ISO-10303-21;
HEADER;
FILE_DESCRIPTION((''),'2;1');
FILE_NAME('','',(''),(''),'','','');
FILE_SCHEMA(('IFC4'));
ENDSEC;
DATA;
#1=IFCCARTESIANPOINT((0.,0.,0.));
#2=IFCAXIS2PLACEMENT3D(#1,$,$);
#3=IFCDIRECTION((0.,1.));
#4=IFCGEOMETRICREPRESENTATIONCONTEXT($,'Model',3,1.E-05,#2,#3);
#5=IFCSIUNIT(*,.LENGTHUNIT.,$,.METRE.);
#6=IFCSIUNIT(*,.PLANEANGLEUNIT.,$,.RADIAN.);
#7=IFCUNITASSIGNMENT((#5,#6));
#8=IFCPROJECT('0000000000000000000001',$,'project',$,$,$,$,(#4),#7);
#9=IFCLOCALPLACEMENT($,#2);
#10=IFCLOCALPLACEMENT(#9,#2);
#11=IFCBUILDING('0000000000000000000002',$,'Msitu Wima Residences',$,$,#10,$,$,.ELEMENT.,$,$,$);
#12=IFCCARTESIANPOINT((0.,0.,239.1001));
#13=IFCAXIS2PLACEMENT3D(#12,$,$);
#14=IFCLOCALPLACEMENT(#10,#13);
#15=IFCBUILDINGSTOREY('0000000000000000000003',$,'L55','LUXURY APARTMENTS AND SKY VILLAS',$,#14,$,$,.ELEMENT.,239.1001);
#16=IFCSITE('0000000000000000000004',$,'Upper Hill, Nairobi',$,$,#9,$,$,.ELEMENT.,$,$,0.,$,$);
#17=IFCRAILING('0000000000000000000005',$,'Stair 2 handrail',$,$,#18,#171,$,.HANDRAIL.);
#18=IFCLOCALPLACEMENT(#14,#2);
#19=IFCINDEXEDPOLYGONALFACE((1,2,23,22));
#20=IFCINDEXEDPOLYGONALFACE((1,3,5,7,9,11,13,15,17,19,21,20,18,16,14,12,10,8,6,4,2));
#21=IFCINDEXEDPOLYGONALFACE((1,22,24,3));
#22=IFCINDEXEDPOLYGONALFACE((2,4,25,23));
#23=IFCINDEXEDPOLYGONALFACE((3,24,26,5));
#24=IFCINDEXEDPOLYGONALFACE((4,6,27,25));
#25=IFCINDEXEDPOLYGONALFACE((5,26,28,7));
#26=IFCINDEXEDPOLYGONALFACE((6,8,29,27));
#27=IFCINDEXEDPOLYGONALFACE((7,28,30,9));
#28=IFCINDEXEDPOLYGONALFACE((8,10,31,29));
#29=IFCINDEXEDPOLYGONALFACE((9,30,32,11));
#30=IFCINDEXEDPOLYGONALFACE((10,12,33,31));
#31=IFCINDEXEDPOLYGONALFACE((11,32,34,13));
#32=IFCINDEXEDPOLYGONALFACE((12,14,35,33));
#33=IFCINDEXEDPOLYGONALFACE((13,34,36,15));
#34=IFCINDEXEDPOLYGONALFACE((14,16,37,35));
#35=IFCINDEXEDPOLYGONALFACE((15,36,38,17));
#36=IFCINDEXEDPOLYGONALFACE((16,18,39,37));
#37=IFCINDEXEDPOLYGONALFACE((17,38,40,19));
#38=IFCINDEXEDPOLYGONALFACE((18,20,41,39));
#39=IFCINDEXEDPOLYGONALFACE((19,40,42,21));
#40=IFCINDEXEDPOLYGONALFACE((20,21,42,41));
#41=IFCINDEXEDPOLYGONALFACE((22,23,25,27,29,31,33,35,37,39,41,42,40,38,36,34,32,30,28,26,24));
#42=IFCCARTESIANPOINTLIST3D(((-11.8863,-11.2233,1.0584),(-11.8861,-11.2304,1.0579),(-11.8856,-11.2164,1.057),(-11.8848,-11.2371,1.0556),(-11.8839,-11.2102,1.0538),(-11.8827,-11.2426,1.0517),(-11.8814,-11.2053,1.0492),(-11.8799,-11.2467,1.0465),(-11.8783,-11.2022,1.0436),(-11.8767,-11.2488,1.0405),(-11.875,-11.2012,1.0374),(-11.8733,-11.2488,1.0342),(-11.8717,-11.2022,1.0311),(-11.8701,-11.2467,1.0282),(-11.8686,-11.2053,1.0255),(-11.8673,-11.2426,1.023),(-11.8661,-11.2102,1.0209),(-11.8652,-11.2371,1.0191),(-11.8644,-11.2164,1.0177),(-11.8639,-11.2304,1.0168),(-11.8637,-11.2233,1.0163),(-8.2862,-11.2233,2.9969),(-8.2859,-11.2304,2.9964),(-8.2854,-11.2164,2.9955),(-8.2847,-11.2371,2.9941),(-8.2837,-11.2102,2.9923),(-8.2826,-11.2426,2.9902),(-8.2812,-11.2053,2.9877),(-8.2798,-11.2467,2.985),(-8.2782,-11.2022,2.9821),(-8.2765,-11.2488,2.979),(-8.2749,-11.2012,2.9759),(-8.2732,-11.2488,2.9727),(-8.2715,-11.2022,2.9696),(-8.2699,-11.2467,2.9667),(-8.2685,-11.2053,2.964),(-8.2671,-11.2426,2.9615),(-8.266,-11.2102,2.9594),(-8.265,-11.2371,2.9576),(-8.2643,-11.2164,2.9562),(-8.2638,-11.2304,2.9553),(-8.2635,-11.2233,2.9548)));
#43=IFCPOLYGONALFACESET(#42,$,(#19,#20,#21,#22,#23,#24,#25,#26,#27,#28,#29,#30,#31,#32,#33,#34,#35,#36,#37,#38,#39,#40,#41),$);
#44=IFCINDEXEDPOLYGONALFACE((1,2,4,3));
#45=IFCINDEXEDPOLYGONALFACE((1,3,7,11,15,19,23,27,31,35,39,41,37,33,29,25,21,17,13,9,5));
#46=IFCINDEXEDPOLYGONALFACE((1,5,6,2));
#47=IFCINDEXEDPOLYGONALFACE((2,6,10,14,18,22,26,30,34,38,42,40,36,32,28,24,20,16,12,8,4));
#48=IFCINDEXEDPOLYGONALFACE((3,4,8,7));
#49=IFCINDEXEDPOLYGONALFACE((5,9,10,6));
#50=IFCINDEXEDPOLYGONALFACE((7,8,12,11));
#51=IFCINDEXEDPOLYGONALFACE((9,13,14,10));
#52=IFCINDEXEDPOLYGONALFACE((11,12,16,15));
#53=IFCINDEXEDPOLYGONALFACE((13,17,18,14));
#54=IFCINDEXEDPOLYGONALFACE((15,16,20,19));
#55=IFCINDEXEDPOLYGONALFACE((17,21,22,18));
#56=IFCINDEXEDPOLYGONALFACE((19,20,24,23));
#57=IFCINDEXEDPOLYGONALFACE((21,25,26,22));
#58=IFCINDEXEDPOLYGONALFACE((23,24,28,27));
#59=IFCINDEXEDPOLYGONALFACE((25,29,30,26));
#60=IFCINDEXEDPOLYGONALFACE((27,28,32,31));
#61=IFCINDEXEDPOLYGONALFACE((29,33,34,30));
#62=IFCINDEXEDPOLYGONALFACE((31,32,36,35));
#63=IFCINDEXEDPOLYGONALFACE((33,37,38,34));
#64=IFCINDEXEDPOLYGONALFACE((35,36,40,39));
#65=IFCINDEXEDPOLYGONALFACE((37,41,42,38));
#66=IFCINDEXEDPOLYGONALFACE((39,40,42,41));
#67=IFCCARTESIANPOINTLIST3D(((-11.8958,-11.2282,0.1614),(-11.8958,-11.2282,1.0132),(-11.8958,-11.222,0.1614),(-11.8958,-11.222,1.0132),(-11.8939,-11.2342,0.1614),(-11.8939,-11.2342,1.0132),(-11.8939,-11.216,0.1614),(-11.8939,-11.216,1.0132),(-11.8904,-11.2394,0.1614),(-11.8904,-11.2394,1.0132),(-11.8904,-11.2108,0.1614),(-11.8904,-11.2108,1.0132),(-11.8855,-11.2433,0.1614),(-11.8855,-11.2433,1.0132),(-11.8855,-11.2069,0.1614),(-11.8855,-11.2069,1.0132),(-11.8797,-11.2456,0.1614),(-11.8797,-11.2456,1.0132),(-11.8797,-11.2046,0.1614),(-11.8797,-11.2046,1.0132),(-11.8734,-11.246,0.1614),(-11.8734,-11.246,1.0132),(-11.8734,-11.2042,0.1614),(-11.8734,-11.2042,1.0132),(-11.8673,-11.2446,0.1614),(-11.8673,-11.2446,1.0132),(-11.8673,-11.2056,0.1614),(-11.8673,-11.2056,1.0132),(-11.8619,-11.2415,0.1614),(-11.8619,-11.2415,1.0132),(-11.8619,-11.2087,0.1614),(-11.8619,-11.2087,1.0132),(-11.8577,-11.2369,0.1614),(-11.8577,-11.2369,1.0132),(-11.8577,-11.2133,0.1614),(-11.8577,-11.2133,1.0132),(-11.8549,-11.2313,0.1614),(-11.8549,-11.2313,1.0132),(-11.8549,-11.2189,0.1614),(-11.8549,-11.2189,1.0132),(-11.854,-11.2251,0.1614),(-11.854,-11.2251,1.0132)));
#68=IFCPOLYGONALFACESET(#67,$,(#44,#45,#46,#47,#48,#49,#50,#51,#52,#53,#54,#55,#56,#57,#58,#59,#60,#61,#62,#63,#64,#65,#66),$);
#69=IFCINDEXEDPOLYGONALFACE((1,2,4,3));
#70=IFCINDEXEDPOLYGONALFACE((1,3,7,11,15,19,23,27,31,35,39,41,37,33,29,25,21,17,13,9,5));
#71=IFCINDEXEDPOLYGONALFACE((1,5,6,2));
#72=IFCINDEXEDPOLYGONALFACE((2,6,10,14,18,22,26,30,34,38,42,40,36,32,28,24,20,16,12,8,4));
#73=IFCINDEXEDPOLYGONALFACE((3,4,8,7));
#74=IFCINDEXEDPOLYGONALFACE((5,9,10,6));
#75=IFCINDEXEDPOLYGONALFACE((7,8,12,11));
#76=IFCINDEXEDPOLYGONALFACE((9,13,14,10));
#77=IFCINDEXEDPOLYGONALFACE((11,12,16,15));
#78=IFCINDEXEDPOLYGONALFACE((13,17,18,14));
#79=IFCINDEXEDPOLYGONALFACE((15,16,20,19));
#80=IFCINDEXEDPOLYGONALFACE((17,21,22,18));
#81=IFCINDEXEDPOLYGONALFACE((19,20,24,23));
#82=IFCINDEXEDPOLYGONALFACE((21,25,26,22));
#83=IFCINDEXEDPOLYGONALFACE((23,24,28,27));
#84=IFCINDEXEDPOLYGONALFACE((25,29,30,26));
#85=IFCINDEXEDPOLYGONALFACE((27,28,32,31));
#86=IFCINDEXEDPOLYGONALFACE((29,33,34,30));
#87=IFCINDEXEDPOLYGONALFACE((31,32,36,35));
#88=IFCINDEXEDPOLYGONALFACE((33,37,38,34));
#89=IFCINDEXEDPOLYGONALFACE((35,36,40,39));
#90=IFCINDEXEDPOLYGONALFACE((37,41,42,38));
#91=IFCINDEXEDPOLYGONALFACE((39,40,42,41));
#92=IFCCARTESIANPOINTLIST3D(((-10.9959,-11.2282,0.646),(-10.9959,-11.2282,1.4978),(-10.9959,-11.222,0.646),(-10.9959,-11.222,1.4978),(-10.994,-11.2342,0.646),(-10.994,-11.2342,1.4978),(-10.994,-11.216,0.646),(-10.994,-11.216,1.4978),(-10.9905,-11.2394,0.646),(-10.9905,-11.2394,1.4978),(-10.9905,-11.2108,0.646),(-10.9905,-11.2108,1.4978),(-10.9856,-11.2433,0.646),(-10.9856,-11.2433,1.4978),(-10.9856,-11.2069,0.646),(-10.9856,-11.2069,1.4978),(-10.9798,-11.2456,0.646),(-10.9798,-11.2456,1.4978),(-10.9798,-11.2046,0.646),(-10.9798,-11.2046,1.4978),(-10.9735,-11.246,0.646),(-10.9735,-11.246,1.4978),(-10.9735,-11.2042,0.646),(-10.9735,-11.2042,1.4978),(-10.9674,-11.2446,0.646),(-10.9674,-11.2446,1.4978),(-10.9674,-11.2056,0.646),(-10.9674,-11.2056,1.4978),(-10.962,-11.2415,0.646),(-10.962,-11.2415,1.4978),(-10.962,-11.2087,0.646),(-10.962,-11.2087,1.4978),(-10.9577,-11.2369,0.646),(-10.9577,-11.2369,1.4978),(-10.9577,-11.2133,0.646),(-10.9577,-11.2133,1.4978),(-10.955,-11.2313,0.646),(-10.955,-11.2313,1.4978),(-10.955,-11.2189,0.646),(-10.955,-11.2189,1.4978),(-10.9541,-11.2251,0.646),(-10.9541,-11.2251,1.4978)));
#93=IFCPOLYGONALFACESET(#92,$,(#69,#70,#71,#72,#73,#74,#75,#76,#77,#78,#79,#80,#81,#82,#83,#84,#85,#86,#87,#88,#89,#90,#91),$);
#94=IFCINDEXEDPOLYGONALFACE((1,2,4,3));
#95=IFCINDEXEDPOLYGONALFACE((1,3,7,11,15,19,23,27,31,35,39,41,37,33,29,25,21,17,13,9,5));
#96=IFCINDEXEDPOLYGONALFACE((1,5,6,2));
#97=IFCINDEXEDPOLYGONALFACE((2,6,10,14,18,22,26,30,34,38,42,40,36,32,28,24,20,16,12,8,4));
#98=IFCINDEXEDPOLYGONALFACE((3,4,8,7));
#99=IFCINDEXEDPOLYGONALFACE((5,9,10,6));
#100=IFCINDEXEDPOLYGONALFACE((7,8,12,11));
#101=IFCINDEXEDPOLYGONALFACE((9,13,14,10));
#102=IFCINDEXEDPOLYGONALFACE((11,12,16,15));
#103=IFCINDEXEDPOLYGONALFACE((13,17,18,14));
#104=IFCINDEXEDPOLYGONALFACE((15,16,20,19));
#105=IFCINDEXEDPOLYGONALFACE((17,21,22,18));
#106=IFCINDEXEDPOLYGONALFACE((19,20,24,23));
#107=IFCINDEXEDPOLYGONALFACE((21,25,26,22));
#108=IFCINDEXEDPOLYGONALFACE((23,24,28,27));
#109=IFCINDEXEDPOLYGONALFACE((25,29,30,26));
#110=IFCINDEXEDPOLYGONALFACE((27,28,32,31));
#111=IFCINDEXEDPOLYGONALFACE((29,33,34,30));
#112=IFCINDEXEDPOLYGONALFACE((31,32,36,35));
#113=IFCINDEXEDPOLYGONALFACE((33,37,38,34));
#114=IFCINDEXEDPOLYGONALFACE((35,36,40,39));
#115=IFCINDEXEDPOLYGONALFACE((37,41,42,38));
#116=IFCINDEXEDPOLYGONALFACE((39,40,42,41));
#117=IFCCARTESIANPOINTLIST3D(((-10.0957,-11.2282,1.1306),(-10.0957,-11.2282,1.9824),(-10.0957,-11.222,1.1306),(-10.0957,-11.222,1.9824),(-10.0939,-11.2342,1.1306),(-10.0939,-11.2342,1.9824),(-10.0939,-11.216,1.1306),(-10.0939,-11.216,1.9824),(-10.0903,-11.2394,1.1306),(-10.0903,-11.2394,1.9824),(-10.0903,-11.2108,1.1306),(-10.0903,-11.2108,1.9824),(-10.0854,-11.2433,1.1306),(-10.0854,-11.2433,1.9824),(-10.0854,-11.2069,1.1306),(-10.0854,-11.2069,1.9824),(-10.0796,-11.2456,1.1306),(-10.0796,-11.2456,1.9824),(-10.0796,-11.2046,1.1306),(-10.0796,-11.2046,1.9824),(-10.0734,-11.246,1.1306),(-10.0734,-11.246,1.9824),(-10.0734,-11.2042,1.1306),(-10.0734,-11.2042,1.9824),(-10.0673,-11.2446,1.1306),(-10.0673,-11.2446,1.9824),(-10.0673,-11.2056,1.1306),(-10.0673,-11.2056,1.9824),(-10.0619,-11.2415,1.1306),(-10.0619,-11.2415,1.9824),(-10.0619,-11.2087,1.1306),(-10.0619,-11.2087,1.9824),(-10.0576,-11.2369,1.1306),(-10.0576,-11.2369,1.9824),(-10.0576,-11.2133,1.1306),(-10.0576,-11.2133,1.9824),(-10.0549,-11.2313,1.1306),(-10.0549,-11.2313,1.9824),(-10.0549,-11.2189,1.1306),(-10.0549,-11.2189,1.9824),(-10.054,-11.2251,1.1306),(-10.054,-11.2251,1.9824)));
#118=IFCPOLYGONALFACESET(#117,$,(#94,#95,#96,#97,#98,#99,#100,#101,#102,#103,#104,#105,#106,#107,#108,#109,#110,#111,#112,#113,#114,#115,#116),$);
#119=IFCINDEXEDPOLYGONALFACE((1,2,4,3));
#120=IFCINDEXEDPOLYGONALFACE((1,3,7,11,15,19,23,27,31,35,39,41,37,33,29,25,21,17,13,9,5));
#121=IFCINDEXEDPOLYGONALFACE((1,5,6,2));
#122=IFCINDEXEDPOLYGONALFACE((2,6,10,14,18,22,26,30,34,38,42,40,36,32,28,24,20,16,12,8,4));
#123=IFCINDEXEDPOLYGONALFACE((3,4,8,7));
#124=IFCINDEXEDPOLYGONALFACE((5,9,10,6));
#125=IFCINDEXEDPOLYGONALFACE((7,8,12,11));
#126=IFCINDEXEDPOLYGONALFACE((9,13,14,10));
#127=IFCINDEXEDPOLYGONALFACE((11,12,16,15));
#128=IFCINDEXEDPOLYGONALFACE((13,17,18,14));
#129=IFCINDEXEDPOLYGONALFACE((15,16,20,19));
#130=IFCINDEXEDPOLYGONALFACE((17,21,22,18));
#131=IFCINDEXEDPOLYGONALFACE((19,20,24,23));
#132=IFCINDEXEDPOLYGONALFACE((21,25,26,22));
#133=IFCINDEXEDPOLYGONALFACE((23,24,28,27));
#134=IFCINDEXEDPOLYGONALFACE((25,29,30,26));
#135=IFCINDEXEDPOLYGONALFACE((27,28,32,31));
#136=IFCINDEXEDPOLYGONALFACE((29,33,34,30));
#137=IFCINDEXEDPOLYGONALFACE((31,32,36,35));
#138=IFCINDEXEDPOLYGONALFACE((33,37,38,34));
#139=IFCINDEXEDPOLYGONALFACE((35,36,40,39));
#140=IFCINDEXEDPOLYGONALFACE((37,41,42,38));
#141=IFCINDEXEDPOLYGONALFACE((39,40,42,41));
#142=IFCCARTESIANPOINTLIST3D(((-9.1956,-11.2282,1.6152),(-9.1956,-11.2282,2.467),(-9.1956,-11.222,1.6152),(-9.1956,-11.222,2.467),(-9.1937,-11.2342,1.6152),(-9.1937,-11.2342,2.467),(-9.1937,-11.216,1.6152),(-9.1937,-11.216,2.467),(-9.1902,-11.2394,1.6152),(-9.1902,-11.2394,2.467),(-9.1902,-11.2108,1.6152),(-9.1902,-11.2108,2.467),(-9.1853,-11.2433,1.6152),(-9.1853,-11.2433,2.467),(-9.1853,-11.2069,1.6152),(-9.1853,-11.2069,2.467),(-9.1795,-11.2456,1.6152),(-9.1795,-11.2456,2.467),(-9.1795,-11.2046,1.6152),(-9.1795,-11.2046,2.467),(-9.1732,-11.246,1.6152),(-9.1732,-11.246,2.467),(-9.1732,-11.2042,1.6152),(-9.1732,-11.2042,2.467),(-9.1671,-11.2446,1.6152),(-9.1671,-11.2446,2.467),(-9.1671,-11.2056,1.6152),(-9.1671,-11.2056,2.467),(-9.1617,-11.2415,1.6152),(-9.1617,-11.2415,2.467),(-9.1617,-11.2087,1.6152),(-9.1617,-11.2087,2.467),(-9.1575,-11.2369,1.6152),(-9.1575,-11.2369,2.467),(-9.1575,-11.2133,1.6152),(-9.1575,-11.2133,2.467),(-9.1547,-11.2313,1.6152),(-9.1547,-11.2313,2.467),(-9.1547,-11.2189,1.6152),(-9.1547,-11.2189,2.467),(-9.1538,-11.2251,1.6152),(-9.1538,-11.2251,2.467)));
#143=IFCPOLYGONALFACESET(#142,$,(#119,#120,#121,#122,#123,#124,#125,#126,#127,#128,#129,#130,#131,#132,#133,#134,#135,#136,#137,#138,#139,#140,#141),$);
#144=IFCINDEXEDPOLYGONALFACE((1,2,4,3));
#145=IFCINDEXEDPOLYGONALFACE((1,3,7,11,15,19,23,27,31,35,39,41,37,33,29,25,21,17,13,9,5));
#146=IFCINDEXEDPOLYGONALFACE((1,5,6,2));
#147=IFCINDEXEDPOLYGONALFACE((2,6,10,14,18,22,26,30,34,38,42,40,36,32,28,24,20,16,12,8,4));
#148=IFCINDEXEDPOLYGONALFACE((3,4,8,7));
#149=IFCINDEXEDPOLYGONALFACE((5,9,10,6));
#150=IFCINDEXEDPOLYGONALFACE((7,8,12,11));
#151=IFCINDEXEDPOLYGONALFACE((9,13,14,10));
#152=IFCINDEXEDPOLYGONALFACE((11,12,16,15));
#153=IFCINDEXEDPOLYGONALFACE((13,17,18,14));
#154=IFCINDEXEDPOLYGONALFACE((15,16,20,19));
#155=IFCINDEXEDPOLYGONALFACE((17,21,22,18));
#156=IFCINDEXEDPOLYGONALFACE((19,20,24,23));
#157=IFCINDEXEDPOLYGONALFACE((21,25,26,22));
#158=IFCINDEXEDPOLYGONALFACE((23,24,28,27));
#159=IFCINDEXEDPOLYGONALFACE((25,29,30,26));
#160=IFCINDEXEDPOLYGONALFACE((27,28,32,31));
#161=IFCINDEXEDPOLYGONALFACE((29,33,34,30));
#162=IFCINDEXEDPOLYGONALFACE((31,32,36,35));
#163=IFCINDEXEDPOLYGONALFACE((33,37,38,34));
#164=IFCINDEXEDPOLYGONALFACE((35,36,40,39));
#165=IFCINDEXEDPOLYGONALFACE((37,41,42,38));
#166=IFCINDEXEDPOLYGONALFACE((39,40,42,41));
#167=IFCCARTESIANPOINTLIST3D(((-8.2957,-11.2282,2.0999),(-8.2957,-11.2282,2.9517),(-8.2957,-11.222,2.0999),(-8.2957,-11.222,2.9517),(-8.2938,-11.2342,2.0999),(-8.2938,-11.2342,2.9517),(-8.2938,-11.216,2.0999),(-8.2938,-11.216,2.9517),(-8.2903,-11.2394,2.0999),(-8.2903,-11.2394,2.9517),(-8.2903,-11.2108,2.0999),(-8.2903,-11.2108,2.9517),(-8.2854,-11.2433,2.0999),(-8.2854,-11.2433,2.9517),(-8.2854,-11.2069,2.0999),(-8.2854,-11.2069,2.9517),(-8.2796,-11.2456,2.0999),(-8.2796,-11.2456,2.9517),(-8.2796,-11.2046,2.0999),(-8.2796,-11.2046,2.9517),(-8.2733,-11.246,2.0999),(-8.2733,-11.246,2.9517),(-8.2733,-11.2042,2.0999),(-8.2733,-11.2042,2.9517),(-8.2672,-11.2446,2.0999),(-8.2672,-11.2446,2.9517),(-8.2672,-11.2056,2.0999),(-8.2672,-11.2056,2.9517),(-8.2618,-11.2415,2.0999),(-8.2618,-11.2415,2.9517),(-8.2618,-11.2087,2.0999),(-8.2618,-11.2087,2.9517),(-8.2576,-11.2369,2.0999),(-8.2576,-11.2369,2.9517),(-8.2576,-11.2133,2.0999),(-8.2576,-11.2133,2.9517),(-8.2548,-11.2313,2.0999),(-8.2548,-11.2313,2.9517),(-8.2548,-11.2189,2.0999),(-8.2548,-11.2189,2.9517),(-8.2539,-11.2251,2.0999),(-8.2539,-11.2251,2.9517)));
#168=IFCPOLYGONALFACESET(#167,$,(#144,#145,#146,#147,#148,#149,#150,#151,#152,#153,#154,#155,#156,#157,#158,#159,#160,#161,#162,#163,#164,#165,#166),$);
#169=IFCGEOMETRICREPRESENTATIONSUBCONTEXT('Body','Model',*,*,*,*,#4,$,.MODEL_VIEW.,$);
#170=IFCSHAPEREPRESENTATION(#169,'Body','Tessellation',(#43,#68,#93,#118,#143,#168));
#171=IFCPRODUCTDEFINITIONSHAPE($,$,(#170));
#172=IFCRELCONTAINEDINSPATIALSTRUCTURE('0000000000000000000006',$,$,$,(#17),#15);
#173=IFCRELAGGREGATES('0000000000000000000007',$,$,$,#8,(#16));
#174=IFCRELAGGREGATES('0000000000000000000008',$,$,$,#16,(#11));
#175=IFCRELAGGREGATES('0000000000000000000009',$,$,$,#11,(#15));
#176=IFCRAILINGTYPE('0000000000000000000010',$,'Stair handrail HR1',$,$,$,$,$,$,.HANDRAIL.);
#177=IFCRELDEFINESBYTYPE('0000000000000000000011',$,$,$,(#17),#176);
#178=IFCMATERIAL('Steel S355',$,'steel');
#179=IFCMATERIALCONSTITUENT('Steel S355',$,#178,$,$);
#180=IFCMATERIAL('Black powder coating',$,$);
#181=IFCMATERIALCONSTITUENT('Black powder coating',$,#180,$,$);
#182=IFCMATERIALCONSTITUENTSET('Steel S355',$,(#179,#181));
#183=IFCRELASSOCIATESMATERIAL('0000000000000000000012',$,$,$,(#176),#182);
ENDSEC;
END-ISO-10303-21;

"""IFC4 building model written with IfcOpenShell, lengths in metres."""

from ifc_helpers import new_model, si_unit, direction, frame, origin, origin_2d, place, context, subcontext, project, spatial, circle, extrude, material, constituent, constituent_set, type_object, element, save


model = new_model("IFC4")

# Units and contexts
model_context = context("Model", 3, precision=1e-05, world=origin(), true_north=direction((0.0, 1.0)))
body_context = subcontext(model_context, "Body", "Model", "MODEL_VIEW")
ifc_project = project(units=[si_unit("LENGTHUNIT", "METRE"), si_unit("PLANEANGLEUNIT", "RADIAN")], contexts=[model_context])

# Site, building, storey
site_placement = place(None, origin())
site = spatial("IfcSite", under=ifc_project, at=site_placement, Name="Upper Hill, Nairobi", CompositionType="ELEMENT", RefElevation=0.0)
building_placement = place(site_placement, origin())
building = spatial("IfcBuilding", under=site, at=building_placement, Name="Msitu Wima Residences", CompositionType="ELEMENT")
storey_placement = place(building_placement, frame((0.0, 0.0, 239.1001)))
storey = spatial("IfcBuildingStorey", under=building, at=storey_placement, Name="L55", Description="LUXURY APARTMENTS AND SKY VILLAS", CompositionType="ELEMENT", Elevation=239.1001)

# Railing
ifc_material_1 = material(Name="Steel S355", Category="steel")
ifc_constituent_1 = constituent(ifc_material_1, Name="Steel S355")
ifc_material_2 = material(Name="Black powder coating")
ifc_constituent_2 = constituent(ifc_material_2, Name="Black powder coating")
ifc_constituent_set = constituent_set(constituents=[ifc_constituent_1, ifc_constituent_2], Name="Steel S355")
railing_type = type_object("IfcRailingType", Name="Stair handrail HR1", PredefinedType="HANDRAIL", material=ifc_constituent_set)
for number, where, name in (
    (1, (-11.875, -11.2251, 0.1614), "Stair 2 handrail"),
):
    element("IfcRailing", number, at=place(storey_placement, frame(where)), inside=storey, type_object=railing_type, Name=name, PredefinedType="HANDRAIL", context=body_context, shape_type="SweptSolid", body=[
        extrude(circle(Radius=0.0239, at=origin_2d()), frame((0.0, 0.0, 0.876), z_axis=(0.880475, 0.0, 0.474093), x_axis=(0.0, 1.0, 0.0)), (0.0, 0.0, 1.0), 4.0889),
        extrude(circle(Radius=0.021, at=origin_2d()), origin(), (0.0, 0.0, 1.0), 0.8518),
        extrude(circle(Radius=0.021, at=origin_2d()), frame((0.8999, 0.0, 0.4846)), (0.0, 0.0, 1.0), 0.8518),
        extrude(circle(Radius=0.021, at=origin_2d()), frame((1.8, 0.0, 0.9692)), (0.0, 0.0, 1.0), 0.8518),
        extrude(circle(Radius=0.021, at=origin_2d()), frame((2.7002, 0.0, 1.4539)), (0.0, 0.0, 1.0), 0.8518),
        extrude(circle(Radius=0.021, at=origin_2d()), frame((3.6001, 0.0, 1.9385)), (0.0, 0.0, 1.0), 0.8518),
    ])

save(model, "model.ifc")
